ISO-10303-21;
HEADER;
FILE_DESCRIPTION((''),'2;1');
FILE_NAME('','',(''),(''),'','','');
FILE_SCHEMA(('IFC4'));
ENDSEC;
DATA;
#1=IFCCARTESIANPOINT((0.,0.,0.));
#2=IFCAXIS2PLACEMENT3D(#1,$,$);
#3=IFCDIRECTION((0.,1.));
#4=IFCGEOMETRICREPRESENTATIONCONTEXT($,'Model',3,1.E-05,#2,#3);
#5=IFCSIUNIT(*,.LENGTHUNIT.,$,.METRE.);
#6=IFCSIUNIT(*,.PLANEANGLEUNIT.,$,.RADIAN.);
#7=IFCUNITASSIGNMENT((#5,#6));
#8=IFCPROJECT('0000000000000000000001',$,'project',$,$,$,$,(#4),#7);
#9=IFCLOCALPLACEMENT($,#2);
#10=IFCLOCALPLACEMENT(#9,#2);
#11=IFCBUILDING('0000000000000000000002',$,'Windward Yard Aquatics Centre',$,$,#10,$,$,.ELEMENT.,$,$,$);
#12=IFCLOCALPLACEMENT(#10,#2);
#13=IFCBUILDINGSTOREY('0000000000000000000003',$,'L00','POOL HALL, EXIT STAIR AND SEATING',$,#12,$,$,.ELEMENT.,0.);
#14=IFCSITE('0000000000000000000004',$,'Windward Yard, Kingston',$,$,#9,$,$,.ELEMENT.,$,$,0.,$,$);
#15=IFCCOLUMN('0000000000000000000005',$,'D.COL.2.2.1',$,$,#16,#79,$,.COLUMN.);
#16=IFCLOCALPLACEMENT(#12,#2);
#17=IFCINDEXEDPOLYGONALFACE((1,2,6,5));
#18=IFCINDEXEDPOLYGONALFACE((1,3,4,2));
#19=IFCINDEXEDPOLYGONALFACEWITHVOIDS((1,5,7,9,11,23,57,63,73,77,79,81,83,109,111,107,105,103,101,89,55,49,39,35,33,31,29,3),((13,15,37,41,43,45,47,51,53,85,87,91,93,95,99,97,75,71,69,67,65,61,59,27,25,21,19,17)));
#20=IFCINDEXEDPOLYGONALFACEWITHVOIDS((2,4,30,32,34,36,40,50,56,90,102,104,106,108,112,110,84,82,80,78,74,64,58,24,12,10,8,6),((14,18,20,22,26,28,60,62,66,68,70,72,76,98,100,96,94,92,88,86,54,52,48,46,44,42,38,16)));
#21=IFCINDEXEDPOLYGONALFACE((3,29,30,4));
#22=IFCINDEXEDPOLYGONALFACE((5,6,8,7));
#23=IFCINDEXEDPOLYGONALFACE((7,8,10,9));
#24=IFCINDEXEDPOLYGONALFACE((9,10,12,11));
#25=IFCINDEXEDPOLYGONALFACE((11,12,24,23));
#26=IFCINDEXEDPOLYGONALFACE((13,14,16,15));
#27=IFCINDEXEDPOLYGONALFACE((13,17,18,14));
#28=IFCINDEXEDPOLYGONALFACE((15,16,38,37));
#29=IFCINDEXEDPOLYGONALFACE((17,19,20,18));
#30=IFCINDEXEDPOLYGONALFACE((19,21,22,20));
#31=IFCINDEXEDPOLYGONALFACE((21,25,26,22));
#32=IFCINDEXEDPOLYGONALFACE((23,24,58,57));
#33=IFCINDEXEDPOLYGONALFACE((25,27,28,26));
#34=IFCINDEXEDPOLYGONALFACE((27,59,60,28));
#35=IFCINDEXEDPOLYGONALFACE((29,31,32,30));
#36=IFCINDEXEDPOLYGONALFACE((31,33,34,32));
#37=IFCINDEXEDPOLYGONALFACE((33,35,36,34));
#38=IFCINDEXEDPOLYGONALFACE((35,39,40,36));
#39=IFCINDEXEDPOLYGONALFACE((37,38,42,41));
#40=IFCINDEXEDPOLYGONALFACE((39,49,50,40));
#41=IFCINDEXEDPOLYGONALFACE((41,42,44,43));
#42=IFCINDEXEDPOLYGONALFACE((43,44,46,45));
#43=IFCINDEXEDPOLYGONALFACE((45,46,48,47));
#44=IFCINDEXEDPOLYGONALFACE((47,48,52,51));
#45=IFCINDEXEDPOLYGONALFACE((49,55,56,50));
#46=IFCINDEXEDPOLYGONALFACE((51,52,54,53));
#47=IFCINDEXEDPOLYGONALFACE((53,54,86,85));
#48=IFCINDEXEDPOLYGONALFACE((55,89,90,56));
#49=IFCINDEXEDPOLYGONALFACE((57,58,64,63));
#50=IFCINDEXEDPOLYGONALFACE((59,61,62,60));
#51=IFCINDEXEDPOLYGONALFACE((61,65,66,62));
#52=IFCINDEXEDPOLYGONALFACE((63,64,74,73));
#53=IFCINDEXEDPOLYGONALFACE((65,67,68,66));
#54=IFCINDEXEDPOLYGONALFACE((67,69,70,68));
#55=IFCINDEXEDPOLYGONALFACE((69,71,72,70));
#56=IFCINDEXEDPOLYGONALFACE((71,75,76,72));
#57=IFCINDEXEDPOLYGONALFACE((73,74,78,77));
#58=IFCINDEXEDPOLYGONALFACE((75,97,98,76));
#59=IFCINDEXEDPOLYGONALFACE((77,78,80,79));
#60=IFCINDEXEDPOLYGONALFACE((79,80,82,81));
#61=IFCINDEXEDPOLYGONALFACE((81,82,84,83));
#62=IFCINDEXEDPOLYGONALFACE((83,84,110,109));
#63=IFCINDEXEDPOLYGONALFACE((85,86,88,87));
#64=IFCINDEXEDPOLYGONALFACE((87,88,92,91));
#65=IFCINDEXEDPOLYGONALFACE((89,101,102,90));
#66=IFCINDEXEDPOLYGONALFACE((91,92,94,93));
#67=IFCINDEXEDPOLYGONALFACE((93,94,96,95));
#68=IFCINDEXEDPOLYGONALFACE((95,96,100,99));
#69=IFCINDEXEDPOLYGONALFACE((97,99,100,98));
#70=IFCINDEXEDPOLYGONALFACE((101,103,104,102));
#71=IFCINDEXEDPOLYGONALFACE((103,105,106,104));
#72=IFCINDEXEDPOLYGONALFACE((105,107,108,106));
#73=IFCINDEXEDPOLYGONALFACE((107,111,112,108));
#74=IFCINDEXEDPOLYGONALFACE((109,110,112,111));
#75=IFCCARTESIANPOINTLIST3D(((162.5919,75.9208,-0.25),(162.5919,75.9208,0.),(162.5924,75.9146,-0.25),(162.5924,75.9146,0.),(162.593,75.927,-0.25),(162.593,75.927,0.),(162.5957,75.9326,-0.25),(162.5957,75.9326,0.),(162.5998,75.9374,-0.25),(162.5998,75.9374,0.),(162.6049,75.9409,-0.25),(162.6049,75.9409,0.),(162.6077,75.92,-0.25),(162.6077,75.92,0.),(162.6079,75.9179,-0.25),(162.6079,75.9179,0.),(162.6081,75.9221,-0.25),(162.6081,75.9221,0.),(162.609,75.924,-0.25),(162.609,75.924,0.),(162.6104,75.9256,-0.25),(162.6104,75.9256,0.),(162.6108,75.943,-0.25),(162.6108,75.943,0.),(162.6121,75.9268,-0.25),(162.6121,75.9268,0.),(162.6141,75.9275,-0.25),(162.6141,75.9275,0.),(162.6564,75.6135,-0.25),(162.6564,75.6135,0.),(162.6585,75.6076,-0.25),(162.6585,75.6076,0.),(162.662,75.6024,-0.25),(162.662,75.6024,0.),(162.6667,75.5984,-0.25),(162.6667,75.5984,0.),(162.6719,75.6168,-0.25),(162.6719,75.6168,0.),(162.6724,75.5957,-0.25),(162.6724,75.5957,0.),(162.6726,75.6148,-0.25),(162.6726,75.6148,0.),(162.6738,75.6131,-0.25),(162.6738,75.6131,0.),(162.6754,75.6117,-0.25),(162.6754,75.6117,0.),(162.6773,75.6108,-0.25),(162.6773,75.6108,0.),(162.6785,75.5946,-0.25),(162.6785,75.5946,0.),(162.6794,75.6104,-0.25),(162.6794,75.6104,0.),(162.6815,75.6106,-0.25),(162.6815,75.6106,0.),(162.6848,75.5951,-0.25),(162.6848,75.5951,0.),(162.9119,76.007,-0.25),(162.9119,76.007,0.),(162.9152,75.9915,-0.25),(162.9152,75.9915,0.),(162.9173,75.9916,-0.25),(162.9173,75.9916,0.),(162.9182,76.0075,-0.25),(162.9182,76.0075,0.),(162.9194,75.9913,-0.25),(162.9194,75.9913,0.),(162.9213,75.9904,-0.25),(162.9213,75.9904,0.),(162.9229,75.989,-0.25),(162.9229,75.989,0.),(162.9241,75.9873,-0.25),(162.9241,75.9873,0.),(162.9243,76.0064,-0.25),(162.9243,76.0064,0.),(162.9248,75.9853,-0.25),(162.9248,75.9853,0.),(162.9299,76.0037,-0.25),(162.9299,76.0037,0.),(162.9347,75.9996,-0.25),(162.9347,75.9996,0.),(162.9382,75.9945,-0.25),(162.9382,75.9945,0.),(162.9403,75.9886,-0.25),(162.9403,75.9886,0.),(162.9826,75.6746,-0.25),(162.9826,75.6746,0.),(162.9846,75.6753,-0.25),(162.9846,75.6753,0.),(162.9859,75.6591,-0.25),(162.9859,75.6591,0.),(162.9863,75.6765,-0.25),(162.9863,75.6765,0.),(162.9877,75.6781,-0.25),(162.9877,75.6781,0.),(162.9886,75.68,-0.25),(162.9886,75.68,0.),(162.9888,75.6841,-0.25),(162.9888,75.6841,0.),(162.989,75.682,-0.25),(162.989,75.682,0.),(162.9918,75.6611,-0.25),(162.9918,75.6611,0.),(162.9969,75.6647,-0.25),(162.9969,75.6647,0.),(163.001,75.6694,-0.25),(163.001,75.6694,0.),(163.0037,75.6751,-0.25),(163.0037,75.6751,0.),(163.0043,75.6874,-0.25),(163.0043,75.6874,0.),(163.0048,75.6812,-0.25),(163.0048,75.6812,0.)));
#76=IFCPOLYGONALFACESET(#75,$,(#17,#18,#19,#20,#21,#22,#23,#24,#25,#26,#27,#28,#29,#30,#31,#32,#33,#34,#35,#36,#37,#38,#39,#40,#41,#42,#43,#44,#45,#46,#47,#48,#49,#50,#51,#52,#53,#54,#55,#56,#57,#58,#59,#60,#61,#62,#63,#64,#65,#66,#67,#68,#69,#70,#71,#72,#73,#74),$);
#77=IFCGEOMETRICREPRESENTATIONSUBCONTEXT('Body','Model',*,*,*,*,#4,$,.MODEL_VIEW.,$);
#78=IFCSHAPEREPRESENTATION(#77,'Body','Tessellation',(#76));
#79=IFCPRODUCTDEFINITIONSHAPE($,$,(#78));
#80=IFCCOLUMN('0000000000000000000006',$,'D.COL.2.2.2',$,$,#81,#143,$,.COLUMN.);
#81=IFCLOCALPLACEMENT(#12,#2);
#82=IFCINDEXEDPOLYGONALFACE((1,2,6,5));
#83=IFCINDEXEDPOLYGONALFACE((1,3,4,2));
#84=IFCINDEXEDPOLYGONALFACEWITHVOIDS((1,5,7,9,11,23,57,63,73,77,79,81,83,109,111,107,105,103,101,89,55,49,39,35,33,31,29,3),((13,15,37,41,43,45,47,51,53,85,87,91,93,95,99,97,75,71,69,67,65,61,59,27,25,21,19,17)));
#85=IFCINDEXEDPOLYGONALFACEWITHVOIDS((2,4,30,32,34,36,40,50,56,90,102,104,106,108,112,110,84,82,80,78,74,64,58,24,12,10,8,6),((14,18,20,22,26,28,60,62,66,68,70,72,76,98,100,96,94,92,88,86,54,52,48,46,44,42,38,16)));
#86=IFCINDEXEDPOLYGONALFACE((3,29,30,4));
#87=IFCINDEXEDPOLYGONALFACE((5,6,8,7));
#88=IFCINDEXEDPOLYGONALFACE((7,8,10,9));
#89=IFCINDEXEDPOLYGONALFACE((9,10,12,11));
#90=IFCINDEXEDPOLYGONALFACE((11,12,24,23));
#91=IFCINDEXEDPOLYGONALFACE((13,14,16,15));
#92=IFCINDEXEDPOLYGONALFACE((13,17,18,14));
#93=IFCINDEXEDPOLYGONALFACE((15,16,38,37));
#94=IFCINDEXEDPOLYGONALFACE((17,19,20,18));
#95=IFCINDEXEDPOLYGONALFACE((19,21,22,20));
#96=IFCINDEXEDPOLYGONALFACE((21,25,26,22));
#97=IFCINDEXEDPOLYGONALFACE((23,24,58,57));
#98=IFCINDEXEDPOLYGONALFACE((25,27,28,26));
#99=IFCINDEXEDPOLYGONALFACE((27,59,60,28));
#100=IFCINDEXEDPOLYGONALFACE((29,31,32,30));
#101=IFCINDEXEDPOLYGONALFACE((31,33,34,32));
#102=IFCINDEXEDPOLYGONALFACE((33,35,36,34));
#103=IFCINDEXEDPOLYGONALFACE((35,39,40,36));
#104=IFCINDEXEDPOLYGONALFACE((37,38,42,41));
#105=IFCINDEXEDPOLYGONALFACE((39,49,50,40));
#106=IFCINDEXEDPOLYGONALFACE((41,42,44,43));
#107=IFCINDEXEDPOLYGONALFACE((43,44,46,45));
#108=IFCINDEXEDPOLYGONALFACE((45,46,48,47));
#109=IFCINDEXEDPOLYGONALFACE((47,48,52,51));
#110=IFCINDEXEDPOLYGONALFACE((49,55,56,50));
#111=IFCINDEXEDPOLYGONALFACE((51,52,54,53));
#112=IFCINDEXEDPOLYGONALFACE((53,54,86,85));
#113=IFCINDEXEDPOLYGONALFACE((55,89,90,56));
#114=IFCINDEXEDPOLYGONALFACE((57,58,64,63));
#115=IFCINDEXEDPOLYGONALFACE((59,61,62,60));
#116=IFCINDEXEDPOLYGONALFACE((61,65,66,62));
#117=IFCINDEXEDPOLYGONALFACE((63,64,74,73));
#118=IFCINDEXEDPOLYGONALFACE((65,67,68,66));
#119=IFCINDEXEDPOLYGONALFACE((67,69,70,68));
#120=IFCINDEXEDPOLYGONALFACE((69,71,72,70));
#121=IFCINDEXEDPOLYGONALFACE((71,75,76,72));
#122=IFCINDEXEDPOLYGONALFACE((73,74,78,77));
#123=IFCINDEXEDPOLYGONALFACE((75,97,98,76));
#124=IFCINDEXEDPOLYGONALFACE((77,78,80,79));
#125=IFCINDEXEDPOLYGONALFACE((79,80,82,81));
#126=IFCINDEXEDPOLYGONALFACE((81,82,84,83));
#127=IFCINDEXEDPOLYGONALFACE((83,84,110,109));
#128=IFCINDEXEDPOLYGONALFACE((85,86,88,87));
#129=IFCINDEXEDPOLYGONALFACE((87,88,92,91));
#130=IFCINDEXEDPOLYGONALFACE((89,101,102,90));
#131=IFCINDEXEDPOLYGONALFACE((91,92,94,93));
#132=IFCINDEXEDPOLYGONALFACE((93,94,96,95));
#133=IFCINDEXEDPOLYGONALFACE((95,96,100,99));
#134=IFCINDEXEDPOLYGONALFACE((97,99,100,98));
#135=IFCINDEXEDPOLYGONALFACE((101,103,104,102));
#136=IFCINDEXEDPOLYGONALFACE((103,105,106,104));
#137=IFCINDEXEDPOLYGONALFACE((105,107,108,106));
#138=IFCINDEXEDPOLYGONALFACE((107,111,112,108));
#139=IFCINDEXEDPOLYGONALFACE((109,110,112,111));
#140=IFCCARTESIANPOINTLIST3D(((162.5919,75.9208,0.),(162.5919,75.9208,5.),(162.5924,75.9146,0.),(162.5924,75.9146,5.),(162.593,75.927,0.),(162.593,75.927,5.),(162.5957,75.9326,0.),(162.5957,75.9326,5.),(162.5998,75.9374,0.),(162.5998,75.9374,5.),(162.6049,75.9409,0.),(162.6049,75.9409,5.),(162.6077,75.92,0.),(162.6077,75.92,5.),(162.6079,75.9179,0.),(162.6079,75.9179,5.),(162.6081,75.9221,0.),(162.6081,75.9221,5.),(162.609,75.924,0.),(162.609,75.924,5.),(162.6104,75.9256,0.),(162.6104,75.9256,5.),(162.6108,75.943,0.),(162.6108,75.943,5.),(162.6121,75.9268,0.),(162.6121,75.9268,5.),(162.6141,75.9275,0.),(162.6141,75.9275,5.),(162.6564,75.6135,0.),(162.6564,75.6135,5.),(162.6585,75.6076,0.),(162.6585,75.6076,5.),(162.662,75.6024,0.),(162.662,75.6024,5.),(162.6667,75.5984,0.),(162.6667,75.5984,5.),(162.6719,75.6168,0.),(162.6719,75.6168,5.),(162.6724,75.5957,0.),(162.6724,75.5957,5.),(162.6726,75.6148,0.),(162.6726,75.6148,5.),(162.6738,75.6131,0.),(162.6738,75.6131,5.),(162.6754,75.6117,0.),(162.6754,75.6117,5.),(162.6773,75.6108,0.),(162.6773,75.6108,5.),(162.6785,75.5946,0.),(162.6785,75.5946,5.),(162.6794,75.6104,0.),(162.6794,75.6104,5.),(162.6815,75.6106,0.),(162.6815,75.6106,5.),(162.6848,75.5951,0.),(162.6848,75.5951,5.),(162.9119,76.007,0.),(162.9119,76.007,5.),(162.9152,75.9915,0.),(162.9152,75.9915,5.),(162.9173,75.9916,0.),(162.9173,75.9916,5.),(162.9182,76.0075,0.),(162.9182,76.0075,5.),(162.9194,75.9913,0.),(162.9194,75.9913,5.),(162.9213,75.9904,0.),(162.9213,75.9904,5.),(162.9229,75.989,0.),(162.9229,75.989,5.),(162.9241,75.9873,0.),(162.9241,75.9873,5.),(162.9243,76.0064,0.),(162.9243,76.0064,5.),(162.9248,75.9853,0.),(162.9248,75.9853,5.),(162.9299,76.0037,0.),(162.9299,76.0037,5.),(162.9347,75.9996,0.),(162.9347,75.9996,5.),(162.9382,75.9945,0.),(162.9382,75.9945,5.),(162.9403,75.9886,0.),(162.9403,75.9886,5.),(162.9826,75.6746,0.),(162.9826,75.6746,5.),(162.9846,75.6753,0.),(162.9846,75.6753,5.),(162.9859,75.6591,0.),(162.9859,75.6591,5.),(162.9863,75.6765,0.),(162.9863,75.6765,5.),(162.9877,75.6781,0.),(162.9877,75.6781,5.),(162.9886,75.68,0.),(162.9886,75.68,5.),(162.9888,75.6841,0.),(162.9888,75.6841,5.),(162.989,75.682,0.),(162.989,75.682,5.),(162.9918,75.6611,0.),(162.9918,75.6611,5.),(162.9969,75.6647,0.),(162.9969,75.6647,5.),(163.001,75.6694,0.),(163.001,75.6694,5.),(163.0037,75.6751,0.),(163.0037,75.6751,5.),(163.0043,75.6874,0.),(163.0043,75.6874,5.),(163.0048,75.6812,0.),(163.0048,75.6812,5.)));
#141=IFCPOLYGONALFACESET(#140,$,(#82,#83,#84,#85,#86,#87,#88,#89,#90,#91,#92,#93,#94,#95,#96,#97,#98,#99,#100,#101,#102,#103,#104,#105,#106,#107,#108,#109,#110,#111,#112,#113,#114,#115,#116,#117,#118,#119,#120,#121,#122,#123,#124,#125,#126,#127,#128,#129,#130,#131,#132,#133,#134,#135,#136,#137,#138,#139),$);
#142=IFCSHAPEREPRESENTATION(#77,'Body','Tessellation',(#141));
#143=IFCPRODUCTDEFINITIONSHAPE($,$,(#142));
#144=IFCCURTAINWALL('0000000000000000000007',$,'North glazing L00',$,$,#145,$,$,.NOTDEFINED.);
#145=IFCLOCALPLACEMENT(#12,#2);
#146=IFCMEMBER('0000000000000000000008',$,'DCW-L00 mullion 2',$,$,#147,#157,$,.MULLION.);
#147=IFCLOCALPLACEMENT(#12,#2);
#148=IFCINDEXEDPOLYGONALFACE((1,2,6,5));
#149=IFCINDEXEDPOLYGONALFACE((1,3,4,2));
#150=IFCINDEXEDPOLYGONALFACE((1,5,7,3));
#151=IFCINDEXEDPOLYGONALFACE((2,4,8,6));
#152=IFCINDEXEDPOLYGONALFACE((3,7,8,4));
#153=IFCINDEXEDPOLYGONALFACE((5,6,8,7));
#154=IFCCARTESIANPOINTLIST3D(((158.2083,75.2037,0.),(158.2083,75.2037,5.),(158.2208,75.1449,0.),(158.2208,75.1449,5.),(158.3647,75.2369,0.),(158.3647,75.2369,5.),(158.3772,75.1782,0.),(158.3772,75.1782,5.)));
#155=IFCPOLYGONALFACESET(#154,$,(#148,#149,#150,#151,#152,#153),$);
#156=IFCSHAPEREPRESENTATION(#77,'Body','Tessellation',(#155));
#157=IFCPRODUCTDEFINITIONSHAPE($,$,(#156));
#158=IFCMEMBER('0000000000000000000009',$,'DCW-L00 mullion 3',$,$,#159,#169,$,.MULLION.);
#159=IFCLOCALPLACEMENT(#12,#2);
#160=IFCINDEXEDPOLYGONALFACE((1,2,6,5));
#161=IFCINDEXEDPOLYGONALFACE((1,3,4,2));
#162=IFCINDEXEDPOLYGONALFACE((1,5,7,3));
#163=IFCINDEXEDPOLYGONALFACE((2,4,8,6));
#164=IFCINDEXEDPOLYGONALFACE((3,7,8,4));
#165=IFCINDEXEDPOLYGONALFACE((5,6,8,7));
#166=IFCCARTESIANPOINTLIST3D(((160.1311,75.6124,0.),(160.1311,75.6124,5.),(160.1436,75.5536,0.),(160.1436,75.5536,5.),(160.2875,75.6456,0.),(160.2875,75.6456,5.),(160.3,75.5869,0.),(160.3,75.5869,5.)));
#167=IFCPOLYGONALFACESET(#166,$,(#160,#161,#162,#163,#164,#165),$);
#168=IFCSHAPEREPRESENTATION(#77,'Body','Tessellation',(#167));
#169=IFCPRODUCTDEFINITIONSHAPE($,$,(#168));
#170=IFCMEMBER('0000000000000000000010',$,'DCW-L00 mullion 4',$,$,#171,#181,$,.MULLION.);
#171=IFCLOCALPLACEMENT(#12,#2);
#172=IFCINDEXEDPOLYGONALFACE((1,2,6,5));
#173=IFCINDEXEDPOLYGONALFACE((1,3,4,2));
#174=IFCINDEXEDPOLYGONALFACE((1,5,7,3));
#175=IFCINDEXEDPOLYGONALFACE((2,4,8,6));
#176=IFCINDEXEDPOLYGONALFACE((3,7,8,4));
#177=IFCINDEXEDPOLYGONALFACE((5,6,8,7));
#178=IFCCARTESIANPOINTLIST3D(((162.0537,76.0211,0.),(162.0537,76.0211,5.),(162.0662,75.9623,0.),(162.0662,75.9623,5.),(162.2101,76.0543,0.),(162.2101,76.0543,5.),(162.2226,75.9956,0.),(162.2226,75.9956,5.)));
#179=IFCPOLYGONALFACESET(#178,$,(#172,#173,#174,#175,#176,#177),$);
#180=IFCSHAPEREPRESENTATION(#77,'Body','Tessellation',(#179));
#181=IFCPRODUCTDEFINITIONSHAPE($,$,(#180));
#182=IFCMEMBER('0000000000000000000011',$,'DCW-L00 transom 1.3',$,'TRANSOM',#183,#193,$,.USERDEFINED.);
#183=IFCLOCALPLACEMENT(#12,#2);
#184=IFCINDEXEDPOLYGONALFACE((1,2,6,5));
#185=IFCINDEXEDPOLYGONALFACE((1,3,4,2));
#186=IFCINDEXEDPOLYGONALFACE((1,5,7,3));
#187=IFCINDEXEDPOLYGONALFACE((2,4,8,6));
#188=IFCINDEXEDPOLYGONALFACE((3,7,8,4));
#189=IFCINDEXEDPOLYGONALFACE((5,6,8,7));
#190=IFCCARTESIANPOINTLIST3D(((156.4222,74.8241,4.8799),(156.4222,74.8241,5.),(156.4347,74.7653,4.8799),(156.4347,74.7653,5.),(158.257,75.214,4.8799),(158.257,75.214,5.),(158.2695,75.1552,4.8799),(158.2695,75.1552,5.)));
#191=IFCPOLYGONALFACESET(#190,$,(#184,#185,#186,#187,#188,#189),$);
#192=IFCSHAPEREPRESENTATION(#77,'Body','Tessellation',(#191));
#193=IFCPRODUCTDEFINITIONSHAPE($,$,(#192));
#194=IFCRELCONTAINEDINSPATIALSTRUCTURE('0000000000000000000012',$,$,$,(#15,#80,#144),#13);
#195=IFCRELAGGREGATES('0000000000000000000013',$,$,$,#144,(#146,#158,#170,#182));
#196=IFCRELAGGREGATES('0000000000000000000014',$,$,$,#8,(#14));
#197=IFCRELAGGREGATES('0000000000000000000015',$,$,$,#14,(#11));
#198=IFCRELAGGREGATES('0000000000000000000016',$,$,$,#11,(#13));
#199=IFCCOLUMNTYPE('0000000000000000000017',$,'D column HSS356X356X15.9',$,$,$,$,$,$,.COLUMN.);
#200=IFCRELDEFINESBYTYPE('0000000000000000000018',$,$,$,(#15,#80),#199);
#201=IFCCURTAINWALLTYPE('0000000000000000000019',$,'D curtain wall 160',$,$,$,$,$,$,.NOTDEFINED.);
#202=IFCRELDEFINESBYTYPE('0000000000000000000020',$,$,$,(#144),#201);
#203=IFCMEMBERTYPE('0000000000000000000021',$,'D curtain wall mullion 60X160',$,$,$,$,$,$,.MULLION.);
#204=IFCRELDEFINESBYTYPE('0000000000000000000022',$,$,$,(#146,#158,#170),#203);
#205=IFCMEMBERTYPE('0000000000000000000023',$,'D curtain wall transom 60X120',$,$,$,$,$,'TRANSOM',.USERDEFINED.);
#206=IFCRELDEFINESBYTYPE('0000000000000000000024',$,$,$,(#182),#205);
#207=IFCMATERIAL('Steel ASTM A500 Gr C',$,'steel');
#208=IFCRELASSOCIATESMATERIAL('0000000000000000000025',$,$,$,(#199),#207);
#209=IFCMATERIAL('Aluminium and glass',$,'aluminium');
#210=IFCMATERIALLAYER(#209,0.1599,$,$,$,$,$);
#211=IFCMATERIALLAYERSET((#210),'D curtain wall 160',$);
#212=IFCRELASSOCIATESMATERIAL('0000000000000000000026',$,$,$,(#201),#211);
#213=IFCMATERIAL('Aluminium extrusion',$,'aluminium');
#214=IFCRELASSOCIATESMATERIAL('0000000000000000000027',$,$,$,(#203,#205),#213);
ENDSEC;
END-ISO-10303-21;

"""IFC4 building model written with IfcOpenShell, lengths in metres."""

from ifc_helpers import new_model, si_unit, direction, frame, origin, origin_2d, place, context, subcontext, project, spatial, rectangle, hollow_rectangle, extrude, material, layer, layer_set, material_profile, profile_set, type_object, element, aggregate, save


model = new_model("IFC4")

# Units and contexts
model_context = context("Model", 3, precision=1e-05, world=origin(), true_north=direction((0.0, 1.0)))
body_context = subcontext(model_context, "Body", "Model", "MODEL_VIEW")
ifc_project = project(units=[si_unit("LENGTHUNIT", "METRE"), si_unit("PLANEANGLEUNIT", "RADIAN")], contexts=[model_context])

# Site, building, storey
site_placement = place(None, origin())
site = spatial("IfcSite", under=ifc_project, at=site_placement, Name="Windward Yard, Kingston", CompositionType="ELEMENT", RefElevation=0.0)
building_placement = place(site_placement, origin())
building = spatial("IfcBuilding", under=site, at=building_placement, Name="Windward Yard Aquatics Centre", CompositionType="ELEMENT")
storey_placement = place(building_placement, origin())
storey = spatial("IfcBuildingStorey", under=building, at=storey_placement, Name="L00", Description="POOL HALL, EXIT STAIR AND SEATING", CompositionType="ELEMENT", Elevation=0.0)

# Columns
ifc_material_1 = material(Name="Steel ASTM A500 Gr C", Category="steel")
ifc_material_profile_1 = material_profile(ifc_material_1, hollow_rectangle(XDim=0.3557, YDim=0.3557, WallThickness=0.0159, InnerFilletRadius=0.0081, OuterFilletRadius=0.0239, at=origin_2d()), Name="HSS356X356X15.9")
ifc_profile_set_1 = profile_set([ifc_material_profile_1], Name="Steel ASTM A500 Gr C")
column_type = type_object("IfcColumnType", Name="D column HSS356X356X15.9", PredefinedType="COLUMN", material=ifc_profile_set_1)
column_1_placement = place(storey_placement, frame((162.7983, 75.801, -0.25), z_axis=(0.0, 0.0, 1.0), x_axis=(0.978148, 0.207912, 0.0)))
element("IfcColumn", 1, at=column_1_placement, inside=storey, type_object=column_type, Name="D.COL.2.2.1", PredefinedType="COLUMN", context=body_context, shape_type="SweptSolid", body=[
    extrude(hollow_rectangle(XDim=0.3557, YDim=0.3557, WallThickness=0.0159, InnerFilletRadius=0.0081, OuterFilletRadius=0.0239, at=origin_2d()), origin(), (0.0, 0.0, 1.0), 0.25),
])
column_2_placement = place(storey_placement, frame((162.7983, 75.801, 0.0), z_axis=(0.0, 0.0, 1.0), x_axis=(0.978148, 0.207912, 0.0)))
element("IfcColumn", 2, at=column_2_placement, inside=storey, type_object=column_type, Name="D.COL.2.2.2", PredefinedType="COLUMN", context=body_context, shape_type="SweptSolid", body=[
    extrude(hollow_rectangle(XDim=0.3557, YDim=0.3557, WallThickness=0.0159, InnerFilletRadius=0.0081, OuterFilletRadius=0.0239, at=origin_2d()), origin(), (0.0, 0.0, 1.0), 5.0),
])

# Curtain wall, members
ifc_material_2 = material(Name="Aluminium and glass", Category="aluminium")
ifc_layer_1 = layer(ifc_material_2, 0.1599)
ifc_layer_set_1 = layer_set([ifc_layer_1], Name="D curtain wall 160")
curtain_wall_type = type_object("IfcCurtainWallType", Name="D curtain wall 160", PredefinedType="NOTDEFINED", material=ifc_layer_set_1)
curtain_wall_placement = place(storey_placement, origin())
curtain_wall = element("IfcCurtainWall", 3, at=curtain_wall_placement, inside=storey, type_object=curtain_wall_type, Name="North glazing L00", PredefinedType="NOTDEFINED")
ifc_material_3 = material(Name="Aluminium extrusion", Category="aluminium")
ifc_material_profile_2 = material_profile(ifc_material_3, rectangle(XDim=0.0601, YDim=0.1599, at=origin_2d()), Name="MULLION 60X160")
ifc_profile_set_2 = profile_set([ifc_material_profile_2], Name="Aluminium extrusion")
member_type_1 = type_object("IfcMemberType", Name="D curtain wall mullion 60X160", PredefinedType="MULLION", material=ifc_profile_set_2)
member_1_placement = place(storey_placement, frame((158.2927, 75.1909, 0.0), z_axis=(0.0, 0.0, 1.0), x_axis=(-0.207912, 0.978148, 0.0)))
member_1 = element("IfcMember", 4, at=member_1_placement, type_object=member_type_1, Name="DCW-L00 mullion 2", PredefinedType="MULLION", context=body_context, shape_type="SweptSolid", body=[
    extrude(rectangle(XDim=0.0601, YDim=0.1599, at=origin_2d()), origin(), (0.0, 0.0, 1.0), 5.0),
])
member_2_placement = place(storey_placement, frame((160.2156, 75.5996, 0.0), z_axis=(0.0, 0.0, 1.0), x_axis=(-0.207912, 0.978148, 0.0)))
member_2 = element("IfcMember", 5, at=member_2_placement, type_object=member_type_1, Name="DCW-L00 mullion 3", PredefinedType="MULLION", context=body_context, shape_type="SweptSolid", body=[
    extrude(rectangle(XDim=0.0601, YDim=0.1599, at=origin_2d()), origin(), (0.0, 0.0, 1.0), 5.0),
])
member_3_placement = place(storey_placement, frame((162.1382, 76.0083, 0.0), z_axis=(0.0, 0.0, 1.0), x_axis=(-0.207912, 0.978148, 0.0)))
member_3 = element("IfcMember", 6, at=member_3_placement, type_object=member_type_1, Name="DCW-L00 mullion 4", PredefinedType="MULLION", context=body_context, shape_type="SweptSolid", body=[
    extrude(rectangle(XDim=0.0601, YDim=0.1599, at=origin_2d()), origin(), (0.0, 0.0, 1.0), 5.0),
])
ifc_material_profile_3 = material_profile(ifc_material_3, rectangle(XDim=0.0601, YDim=0.1201, at=origin_2d()), Name="TRANSOM 60X120")
ifc_profile_set_3 = profile_set([ifc_material_profile_3], Name="Aluminium extrusion")
member_type_2 = type_object("IfcMemberType", Name="D curtain wall transom 60X120", ElementType="TRANSOM", PredefinedType="USERDEFINED", material=ifc_profile_set_3)
member_4_placement = place(storey_placement, frame((156.4285, 74.7947, 4.9399), z_axis=(0.978157, 0.207867, 0.0), x_axis=(-0.207867, 0.978157, 0.0)))
member_4 = element("IfcMember", 7, at=member_4_placement, type_object=member_type_2, Name="DCW-L00 transom 1.3", ObjectType="TRANSOM", PredefinedType="USERDEFINED", context=body_context, shape_type="SweptSolid", body=[
    extrude(rectangle(XDim=0.0601, YDim=0.1201, at=origin_2d()), origin(), (0.0, 0.0, 1.0), 1.8757),
])
aggregate(curtain_wall, [member_1, member_2, member_3, member_4])

save(model, "model.ifc")
